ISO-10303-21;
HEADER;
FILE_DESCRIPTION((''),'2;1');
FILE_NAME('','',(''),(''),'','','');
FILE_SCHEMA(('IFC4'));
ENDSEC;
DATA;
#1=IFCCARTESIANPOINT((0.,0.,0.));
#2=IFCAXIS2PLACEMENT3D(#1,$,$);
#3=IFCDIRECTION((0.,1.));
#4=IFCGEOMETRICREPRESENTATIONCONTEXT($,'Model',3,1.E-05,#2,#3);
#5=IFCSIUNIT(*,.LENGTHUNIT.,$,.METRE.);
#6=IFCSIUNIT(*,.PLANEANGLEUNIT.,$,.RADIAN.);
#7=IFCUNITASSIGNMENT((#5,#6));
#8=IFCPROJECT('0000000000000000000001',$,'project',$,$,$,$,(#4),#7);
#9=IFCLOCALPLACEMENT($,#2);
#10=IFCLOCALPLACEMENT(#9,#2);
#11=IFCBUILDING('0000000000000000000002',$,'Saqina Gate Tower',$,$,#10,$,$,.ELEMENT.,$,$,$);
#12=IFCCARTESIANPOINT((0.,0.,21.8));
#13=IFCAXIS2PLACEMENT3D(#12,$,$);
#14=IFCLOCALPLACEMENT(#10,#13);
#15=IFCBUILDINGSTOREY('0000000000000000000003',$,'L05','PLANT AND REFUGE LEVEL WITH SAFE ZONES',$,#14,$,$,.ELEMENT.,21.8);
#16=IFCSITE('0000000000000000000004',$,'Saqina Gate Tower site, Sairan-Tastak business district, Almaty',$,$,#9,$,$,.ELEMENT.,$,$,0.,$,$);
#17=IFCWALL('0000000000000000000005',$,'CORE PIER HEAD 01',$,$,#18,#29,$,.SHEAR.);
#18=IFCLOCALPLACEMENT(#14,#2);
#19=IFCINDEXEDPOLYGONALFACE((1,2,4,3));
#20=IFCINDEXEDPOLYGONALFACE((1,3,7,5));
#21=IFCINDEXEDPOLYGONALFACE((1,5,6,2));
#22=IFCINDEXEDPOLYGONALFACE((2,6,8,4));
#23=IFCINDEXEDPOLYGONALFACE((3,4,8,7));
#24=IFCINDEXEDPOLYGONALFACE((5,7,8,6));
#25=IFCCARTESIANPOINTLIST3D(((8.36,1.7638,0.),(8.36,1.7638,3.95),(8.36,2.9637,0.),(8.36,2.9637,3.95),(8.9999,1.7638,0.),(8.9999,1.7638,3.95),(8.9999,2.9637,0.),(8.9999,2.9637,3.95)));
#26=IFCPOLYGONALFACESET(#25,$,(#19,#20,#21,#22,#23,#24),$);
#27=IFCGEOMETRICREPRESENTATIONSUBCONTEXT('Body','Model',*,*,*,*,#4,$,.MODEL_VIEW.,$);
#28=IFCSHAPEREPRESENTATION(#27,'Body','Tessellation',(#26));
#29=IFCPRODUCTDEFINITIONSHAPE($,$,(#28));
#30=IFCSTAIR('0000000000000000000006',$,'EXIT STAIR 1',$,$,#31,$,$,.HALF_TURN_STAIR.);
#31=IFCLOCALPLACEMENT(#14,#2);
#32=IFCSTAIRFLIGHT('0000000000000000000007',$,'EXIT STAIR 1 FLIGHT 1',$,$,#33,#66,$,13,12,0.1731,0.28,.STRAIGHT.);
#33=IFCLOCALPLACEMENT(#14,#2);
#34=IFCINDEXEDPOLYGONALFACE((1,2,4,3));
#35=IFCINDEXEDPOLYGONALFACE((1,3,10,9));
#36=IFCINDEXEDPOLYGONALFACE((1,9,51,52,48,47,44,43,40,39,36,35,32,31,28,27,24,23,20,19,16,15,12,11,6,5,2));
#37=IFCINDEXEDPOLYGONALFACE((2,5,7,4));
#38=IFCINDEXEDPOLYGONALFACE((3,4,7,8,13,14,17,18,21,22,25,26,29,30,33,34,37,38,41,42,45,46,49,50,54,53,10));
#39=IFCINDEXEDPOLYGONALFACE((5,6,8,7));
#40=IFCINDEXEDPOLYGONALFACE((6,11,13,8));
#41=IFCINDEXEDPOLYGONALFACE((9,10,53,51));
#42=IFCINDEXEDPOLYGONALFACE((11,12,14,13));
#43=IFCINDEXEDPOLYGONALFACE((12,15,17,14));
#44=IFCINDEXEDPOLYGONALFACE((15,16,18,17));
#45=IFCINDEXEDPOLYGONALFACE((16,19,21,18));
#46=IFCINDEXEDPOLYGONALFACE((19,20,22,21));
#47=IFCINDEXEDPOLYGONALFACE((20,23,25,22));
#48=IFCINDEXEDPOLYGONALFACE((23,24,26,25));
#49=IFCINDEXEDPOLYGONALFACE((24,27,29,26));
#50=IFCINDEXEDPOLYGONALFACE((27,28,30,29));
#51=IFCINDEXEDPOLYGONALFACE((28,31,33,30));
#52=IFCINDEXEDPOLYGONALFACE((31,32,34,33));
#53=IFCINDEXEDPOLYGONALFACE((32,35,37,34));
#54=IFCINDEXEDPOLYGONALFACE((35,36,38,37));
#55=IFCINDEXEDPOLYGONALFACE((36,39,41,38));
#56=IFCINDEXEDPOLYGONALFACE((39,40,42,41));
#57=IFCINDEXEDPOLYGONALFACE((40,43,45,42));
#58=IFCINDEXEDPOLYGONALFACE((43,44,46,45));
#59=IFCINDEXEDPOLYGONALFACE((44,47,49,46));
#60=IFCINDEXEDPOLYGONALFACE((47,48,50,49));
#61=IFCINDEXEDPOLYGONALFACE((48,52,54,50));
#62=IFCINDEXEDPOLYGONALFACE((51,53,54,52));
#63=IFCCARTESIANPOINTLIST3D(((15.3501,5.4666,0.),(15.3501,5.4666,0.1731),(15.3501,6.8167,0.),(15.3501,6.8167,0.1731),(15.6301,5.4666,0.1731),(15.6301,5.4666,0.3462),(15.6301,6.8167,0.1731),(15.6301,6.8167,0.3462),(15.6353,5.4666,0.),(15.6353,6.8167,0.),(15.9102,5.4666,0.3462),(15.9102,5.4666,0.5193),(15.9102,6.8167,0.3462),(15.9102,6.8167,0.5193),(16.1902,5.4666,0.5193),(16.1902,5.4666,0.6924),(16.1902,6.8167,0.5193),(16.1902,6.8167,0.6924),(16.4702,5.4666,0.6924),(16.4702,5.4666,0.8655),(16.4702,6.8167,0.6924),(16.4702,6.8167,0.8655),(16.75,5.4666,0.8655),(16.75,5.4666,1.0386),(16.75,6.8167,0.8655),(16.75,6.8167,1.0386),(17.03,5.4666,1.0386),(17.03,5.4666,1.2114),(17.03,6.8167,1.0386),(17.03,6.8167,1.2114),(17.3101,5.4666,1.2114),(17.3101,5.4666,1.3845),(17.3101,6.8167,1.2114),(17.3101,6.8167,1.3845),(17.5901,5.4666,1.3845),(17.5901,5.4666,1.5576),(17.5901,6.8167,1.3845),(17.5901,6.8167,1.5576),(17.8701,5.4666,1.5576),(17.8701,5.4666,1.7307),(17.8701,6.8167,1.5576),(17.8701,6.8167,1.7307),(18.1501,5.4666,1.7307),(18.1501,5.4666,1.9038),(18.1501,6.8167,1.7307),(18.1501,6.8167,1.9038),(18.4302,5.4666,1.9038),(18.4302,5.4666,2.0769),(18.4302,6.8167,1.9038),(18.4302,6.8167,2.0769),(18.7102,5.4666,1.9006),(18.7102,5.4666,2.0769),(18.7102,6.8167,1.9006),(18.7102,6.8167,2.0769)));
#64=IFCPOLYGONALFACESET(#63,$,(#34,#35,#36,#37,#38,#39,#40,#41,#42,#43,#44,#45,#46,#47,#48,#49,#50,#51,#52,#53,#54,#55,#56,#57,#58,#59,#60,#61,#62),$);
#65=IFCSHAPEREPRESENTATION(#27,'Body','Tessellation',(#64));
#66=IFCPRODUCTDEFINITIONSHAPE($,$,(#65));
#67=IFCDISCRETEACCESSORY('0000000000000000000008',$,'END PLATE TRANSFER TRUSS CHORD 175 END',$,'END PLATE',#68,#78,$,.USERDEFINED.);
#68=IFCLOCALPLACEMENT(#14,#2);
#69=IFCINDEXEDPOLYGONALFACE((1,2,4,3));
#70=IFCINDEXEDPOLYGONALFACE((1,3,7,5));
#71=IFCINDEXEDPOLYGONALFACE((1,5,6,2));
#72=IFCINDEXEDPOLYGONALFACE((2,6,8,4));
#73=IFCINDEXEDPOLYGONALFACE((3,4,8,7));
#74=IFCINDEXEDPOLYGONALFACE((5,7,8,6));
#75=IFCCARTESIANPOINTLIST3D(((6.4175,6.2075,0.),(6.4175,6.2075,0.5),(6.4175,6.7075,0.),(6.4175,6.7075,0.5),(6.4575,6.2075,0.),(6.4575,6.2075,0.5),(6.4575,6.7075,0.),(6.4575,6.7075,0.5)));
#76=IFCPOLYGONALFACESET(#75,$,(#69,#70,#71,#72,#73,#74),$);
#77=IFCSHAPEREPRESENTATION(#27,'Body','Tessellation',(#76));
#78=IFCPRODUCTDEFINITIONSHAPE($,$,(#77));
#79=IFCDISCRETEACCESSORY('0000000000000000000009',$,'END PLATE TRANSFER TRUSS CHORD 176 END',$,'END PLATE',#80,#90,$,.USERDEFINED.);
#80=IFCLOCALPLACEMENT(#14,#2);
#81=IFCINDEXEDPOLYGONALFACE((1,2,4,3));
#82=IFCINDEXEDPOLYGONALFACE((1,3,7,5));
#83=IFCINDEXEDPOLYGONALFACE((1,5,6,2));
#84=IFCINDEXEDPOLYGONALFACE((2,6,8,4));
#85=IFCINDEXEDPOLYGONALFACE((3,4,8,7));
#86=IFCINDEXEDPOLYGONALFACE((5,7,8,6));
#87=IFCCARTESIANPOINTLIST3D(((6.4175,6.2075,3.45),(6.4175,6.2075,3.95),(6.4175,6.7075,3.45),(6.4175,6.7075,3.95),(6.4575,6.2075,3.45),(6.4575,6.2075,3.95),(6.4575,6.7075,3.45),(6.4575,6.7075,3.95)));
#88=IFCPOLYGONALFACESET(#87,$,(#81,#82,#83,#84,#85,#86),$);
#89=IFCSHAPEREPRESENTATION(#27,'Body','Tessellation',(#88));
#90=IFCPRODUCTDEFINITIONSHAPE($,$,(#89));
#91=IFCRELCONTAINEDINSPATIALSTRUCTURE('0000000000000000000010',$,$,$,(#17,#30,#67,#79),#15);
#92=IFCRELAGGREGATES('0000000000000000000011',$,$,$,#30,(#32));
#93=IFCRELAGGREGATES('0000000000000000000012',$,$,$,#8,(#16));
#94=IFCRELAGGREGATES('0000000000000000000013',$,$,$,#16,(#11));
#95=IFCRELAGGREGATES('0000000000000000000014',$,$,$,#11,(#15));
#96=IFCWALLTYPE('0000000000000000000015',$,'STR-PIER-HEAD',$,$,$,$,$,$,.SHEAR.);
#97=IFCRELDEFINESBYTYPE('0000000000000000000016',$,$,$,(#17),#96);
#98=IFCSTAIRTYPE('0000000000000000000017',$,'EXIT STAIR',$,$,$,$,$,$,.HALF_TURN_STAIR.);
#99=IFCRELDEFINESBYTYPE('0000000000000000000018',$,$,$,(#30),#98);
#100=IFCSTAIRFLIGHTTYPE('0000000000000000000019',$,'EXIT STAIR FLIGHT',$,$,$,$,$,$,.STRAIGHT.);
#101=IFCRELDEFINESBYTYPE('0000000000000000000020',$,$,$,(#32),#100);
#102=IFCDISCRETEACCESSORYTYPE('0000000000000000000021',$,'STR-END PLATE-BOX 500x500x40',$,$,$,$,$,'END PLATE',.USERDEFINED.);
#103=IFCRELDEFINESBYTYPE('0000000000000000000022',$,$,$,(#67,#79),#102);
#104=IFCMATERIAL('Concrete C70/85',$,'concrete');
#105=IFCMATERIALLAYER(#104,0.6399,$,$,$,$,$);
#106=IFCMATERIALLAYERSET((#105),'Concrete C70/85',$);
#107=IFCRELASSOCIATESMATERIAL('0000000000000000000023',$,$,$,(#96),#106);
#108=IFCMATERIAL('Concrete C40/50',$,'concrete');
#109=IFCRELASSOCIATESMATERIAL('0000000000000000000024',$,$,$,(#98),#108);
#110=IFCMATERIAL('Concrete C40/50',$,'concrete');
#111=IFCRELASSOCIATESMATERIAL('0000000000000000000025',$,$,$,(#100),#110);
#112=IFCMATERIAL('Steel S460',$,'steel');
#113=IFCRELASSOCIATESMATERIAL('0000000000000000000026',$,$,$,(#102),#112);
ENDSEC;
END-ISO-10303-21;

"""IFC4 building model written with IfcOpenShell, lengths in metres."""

from ifc_helpers import new_model, si_unit, direction, frame, frame_2d, origin, origin_2d, place, context, subcontext, project, spatial, polyline, rectangle, outline, extrude, material, layer, layer_set, material_profile, profile_set, type_object, element, aggregate, save


model = new_model("IFC4")

# Units and contexts
model_context = context("Model", 3, precision=1e-05, world=origin(), true_north=direction((0.0, 1.0)))
body_context = subcontext(model_context, "Body", "Model", "MODEL_VIEW")
ifc_project = project(units=[si_unit("LENGTHUNIT", "METRE"), si_unit("PLANEANGLEUNIT", "RADIAN")], contexts=[model_context])

# Site, building, storey
site_placement = place(None, origin())
site = spatial("IfcSite", under=ifc_project, at=site_placement, Name="Saqina Gate Tower site, Sairan-Tastak business district, Almaty", CompositionType="ELEMENT", RefElevation=0.0)
building_placement = place(site_placement, origin())
building = spatial("IfcBuilding", under=site, at=building_placement, Name="Saqina Gate Tower", CompositionType="ELEMENT")
storey_placement = place(building_placement, frame((0.0, 0.0, 21.8)))
storey = spatial("IfcBuildingStorey", under=building, at=storey_placement, Name="L05", Description="PLANT AND REFUGE LEVEL WITH SAFE ZONES", CompositionType="ELEMENT", Elevation=21.8)

# Wall
ifc_material_1 = material(Name="Concrete C70/85", Category="concrete")
ifc_layer_1 = layer(ifc_material_1, 0.6399)
ifc_layer_set_1 = layer_set([ifc_layer_1], Name="Concrete C70/85")
wall_type_1 = type_object("IfcWallType", Name="STR-PIER-HEAD", PredefinedType="SHEAR", material=ifc_layer_set_1)
wall_1_placement = place(storey_placement, frame((8.6799, 1.7637, 0.0), z_axis=(0.0, 0.0, 1.0), x_axis=(0.0, 1.0, 0.0)))
element("IfcWall", 1, at=wall_1_placement, inside=storey, type_object=wall_type_1, Name="CORE PIER HEAD 01", PredefinedType="SHEAR", context=body_context, shape_type="SweptSolid", body=[
    extrude(rectangle(XDim=1.2, YDim=0.6399, at=frame_2d((0.6001, 0.0))), origin(), (0.0, 0.0, 1.0), 3.95),
])

# Stair, stair flight
ifc_material_2 = material(Name="Concrete C40/50", Category="concrete")
stair_type = type_object("IfcStairType", Name="EXIT STAIR", PredefinedType="HALF_TURN_STAIR", material=ifc_material_2)
stair_placement = place(storey_placement, origin())
stair = element("IfcStair", 2, at=stair_placement, inside=storey, type_object=stair_type, Name="EXIT STAIR 1", PredefinedType="HALF_TURN_STAIR")
ifc_material_3 = material(Name="Concrete C40/50", Category="concrete")
stair_flight_type = type_object("IfcStairFlightType", Name="EXIT STAIR FLIGHT", PredefinedType="STRAIGHT", material=ifc_material_3)
stair_flight_placement = place(storey_placement, frame((15.3501, 6.1416, 0.0), z_axis=(0.0, 0.0, 1.0), x_axis=(1.0, 0.0, 0.0)))
stair_flight = element("IfcStairFlight", 3, at=stair_flight_placement, type_object=stair_flight_type, Name="EXIT STAIR 1 FLIGHT 1", NumberOfRisers=13, NumberOfTreads=12, PredefinedType="STRAIGHT", RiserHeight=0.1731, TreadLength=0.28, context=body_context, shape_type="SweptSolid", body=[
    extrude(outline(polyline([(0.0, 0.0), (0.0, 0.1731), (0.28, 0.1731), (0.28, 0.3462), (0.5601, 0.3462), (0.5601, 0.5193), (0.8401, 0.5193), (0.8401, 0.6924), (1.1201, 0.6924), (1.1201, 0.8655), (1.3999, 0.8655), (1.3999, 1.0386), (1.6799, 1.0386), (1.6799, 1.2114), (1.96, 1.2114), (1.96, 1.3845), (2.24, 1.3845), (2.24, 1.5576), (2.52, 1.5576), (2.52, 1.7307), (2.8, 1.7307), (2.8, 1.9038), (3.0801, 1.9038), (3.0801, 2.0769), (3.3601, 2.0769), (3.3601, 2.25), (3.3601, 1.9006), (0.2852, 0.0), (0.0, 0.0)])), frame((0.0, 0.675, 0.0), z_axis=(0.0, -1.0, 0.0), x_axis=(1.0, 0.0, 0.0)), (0.0, 0.0, 1.0), 1.3501),
])
aggregate(stair, [stair_flight])

# Discrete accessories
ifc_material_4 = material(Name="Steel S460", Category="steel")
ifc_material_profile_1 = material_profile(ifc_material_4, rectangle(XDim=0.5, YDim=0.5, at=origin_2d()), Name="STR-END PLATE-BOX 500x500x40")
ifc_profile_set_1 = profile_set([ifc_material_profile_1], Name="Steel S460")
discrete_accessory_type = type_object("IfcDiscreteAccessoryType", Name="STR-END PLATE-BOX 500x500x40", ElementType="END PLATE", PredefinedType="USERDEFINED", material=ifc_profile_set_1)
for number, where, z_axis, x_axis, name in (
    (4, (6.4575, 6.4575, 0.25), (-1.0, 0.0, 0.0), (0.0, -1.0, 0.0), "END PLATE TRANSFER TRUSS CHORD 175 END"),
    (5, (6.4575, 6.4575, 3.7), (-1.0, 0.0, 0.0), (0.0, -1.0, 0.0), "END PLATE TRANSFER TRUSS CHORD 176 END"),
):
    element("IfcDiscreteAccessory", number, at=place(storey_placement, frame(where, z_axis=z_axis, x_axis=x_axis)), inside=storey, type_object=discrete_accessory_type, Name=name, ObjectType="END PLATE", PredefinedType="USERDEFINED", context=body_context, shape_type="SweptSolid", body=[
        extrude(rectangle(XDim=0.5, YDim=0.5, at=origin_2d()), origin(), (0.0, 0.0, 1.0), 0.04),
    ])

save(model, "model.ifc")
